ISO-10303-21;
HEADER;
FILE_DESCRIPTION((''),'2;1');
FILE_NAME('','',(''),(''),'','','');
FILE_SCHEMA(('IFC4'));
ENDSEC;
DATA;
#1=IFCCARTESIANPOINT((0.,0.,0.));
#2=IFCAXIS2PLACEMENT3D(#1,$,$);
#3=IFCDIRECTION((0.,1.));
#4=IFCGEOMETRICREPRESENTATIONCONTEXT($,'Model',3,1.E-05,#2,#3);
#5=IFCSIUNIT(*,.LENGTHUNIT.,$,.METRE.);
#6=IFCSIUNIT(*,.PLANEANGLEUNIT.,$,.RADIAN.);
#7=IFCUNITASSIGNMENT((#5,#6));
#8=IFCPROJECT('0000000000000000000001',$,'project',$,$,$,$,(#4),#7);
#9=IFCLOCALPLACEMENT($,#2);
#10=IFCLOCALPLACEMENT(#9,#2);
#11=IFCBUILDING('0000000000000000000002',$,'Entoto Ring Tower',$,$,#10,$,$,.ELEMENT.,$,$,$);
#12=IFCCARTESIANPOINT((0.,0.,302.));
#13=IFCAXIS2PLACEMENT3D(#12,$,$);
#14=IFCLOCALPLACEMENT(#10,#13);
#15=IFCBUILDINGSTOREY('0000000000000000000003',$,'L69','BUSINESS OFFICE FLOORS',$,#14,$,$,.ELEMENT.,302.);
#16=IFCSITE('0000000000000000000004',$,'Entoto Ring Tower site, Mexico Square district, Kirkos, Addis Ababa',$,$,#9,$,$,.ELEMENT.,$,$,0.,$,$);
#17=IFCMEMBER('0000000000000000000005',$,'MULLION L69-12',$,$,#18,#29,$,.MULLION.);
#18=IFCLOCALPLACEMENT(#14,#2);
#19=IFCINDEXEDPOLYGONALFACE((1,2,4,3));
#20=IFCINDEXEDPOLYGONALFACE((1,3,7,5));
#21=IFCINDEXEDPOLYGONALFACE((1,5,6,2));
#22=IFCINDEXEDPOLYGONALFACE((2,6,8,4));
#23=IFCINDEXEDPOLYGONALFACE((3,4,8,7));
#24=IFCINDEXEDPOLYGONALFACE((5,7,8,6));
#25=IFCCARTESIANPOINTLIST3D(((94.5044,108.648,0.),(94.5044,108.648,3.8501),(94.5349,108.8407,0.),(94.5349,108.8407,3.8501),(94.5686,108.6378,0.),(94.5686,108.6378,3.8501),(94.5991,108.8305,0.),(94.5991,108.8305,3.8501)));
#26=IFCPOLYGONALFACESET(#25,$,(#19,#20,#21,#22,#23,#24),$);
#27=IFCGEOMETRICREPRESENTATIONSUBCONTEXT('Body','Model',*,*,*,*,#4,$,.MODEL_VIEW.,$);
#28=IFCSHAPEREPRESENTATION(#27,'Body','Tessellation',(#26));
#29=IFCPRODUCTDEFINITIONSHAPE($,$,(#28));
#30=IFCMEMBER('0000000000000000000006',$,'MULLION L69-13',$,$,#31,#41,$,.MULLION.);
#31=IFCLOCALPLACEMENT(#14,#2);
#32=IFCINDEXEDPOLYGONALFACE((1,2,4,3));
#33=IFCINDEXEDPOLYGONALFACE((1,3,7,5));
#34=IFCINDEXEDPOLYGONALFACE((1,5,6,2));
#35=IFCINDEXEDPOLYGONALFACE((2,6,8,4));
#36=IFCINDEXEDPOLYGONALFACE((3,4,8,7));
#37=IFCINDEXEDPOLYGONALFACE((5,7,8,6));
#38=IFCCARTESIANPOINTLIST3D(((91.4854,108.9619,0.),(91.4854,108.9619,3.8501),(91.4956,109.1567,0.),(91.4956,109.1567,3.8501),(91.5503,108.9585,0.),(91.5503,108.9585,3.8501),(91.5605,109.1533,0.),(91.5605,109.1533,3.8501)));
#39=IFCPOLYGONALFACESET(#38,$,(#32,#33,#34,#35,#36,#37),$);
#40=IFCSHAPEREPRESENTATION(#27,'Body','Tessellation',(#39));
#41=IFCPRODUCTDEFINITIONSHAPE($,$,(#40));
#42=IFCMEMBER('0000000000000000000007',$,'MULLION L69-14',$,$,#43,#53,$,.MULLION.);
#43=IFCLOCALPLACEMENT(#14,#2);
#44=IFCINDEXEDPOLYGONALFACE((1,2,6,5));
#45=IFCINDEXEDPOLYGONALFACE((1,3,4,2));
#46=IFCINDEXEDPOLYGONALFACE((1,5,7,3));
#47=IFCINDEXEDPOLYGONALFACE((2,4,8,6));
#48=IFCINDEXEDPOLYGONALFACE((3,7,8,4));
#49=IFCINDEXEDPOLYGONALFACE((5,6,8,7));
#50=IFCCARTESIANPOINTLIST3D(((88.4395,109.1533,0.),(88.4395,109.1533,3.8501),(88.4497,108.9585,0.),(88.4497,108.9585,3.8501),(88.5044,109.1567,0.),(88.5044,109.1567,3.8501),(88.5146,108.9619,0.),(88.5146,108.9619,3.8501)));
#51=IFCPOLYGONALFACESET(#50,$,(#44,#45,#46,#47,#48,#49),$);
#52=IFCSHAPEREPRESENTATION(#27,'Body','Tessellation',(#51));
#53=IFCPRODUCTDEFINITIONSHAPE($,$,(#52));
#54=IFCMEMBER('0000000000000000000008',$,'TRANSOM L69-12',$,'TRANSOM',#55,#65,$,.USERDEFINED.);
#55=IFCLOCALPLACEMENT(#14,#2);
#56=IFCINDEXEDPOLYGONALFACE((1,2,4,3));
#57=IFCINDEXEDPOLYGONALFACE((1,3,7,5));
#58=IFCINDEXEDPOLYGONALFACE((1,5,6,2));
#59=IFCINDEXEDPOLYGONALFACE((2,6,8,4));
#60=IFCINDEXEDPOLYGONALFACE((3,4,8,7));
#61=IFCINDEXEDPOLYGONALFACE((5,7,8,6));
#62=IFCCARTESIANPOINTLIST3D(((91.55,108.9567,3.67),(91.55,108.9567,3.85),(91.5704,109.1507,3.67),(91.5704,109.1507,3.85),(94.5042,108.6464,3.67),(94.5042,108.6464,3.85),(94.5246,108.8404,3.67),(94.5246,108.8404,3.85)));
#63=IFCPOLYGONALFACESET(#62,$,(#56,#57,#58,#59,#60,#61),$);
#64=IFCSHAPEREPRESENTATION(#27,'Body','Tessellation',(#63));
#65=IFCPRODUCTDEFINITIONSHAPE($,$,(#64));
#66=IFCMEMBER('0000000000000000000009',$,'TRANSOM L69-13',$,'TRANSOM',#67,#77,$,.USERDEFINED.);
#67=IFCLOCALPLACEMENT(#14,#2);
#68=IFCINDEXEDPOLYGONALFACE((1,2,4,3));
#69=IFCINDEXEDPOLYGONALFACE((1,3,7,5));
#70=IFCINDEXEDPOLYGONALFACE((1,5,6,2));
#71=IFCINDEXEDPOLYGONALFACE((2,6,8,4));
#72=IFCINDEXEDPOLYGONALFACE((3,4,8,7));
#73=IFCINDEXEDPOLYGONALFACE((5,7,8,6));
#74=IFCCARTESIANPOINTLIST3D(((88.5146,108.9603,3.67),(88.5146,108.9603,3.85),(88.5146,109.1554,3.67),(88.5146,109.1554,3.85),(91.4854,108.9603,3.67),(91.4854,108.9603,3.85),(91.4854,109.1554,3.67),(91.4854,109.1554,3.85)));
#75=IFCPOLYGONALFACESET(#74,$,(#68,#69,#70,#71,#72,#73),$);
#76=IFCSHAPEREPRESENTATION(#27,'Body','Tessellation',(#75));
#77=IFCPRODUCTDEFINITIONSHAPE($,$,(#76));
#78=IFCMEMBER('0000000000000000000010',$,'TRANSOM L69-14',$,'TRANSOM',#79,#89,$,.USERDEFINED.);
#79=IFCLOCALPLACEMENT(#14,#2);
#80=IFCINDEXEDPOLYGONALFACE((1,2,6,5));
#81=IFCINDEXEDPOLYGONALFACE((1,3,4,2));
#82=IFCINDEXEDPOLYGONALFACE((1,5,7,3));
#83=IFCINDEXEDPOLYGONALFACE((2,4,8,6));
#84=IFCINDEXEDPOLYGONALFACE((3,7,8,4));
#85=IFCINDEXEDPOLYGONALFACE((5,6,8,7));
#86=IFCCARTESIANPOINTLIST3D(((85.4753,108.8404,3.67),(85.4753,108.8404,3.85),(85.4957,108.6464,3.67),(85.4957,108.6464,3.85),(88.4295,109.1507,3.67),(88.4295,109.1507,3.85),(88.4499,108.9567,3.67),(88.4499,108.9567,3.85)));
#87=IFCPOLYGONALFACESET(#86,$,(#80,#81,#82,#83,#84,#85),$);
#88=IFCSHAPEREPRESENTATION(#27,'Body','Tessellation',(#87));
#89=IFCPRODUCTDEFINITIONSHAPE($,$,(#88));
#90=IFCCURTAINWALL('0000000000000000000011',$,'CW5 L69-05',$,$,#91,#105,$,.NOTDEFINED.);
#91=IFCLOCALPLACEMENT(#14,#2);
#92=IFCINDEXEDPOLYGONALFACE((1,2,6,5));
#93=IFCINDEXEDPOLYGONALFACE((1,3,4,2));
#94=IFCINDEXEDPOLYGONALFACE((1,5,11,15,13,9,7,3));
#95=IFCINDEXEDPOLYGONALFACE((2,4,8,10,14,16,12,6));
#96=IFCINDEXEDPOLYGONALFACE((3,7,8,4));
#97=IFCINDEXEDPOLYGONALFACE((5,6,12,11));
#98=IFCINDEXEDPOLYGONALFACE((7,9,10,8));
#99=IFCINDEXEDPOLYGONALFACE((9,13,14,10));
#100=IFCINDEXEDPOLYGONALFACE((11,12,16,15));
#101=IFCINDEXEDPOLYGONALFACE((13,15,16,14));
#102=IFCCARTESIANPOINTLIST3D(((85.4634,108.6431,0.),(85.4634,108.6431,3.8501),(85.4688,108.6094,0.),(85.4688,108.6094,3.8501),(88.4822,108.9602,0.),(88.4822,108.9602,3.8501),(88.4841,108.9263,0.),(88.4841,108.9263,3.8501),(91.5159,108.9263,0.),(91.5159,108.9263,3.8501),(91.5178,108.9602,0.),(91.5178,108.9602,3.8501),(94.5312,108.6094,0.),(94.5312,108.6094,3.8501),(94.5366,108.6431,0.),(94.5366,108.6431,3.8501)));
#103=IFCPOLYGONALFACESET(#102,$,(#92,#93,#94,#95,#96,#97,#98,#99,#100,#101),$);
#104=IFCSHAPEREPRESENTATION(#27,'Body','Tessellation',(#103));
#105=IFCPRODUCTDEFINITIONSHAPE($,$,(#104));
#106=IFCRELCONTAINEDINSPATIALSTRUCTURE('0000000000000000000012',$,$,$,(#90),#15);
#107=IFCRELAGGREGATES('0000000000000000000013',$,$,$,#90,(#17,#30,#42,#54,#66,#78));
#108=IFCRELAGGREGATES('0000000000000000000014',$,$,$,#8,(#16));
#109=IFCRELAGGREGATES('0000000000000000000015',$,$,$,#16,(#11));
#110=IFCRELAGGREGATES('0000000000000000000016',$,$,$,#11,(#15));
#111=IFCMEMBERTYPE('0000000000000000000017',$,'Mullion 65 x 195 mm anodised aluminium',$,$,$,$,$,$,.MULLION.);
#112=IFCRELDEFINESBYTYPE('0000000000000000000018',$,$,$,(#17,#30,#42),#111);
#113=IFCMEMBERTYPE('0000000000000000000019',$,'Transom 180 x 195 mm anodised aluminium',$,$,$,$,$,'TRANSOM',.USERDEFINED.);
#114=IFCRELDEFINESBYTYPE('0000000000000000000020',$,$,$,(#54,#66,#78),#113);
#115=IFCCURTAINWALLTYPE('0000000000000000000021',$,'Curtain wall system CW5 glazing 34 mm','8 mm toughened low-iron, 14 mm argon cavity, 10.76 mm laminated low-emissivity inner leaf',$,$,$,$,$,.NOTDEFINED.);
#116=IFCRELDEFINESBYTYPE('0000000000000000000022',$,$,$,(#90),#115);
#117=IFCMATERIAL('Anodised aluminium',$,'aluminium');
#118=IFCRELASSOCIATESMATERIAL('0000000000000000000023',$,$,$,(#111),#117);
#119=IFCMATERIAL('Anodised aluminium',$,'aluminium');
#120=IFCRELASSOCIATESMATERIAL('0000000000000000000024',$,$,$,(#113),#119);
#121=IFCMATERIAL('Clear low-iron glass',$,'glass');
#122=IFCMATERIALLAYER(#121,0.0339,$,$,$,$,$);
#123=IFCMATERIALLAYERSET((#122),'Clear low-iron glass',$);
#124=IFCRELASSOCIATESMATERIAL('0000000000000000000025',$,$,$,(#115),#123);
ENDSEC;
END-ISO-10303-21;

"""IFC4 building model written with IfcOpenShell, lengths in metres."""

from ifc_helpers import new_model, si_unit, direction, frame, origin, origin_2d, place, context, subcontext, project, spatial, polyline, rectangle, outline, extrude, material, layer, layer_set, material_profile, profile_set, type_object, element, aggregate, save


model = new_model("IFC4")

# Units and contexts
model_context = context("Model", 3, precision=1e-05, world=origin(), true_north=direction((0.0, 1.0)))
body_context = subcontext(model_context, "Body", "Model", "MODEL_VIEW")
ifc_project = project(units=[si_unit("LENGTHUNIT", "METRE"), si_unit("PLANEANGLEUNIT", "RADIAN")], contexts=[model_context])

# Members
ifc_material_1 = material(Name="Anodised aluminium", Category="aluminium")
ifc_material_profile_1 = material_profile(ifc_material_1, rectangle(XDim=0.0649, YDim=0.1951, at=origin_2d()), Name="Mullion 65 x 195 mm anodised aluminium")
ifc_profile_set_1 = profile_set([ifc_material_profile_1], Name="Anodised aluminium")
member_type_1 = type_object("IfcMemberType", Name="Mullion 65 x 195 mm anodised aluminium", PredefinedType="MULLION", material=ifc_profile_set_1)
site_placement = place(None, origin())
building_placement = place(site_placement, origin())
storey_placement = place(building_placement, frame((0.0, 0.0, 302.0)))
member_1_placement = place(storey_placement, frame((94.5518, 108.7393, 0.0), z_axis=(0.0, 0.0, 1.0), x_axis=(-0.987688, 0.156434, 0.0)))
member_1 = element("IfcMember", 1, at=member_1_placement, type_object=member_type_1, Name="MULLION L69-12", PredefinedType="MULLION", context=body_context, shape_type="SweptSolid", body=[
    extrude(rectangle(XDim=0.0649, YDim=0.1951, at=origin_2d()), origin(), (0.0, 0.0, 1.0), 3.8501),
])
member_2_placement = place(storey_placement, frame((91.5229, 109.0576, 0.0), z_axis=(0.0, 0.0, 1.0), x_axis=(-0.99863, 0.052336, 0.0)))
member_2 = element("IfcMember", 2, at=member_2_placement, type_object=member_type_1, Name="MULLION L69-13", PredefinedType="MULLION", context=body_context, shape_type="SweptSolid", body=[
    extrude(rectangle(XDim=0.0649, YDim=0.1951, at=origin_2d()), origin(), (0.0, 0.0, 1.0), 3.8501),
])
member_3_placement = place(storey_placement, frame((88.4771, 109.0576, 0.0), z_axis=(0.0, 0.0, 1.0), x_axis=(-0.99863, -0.052336, 0.0)))
member_3 = element("IfcMember", 3, at=member_3_placement, type_object=member_type_1, Name="MULLION L69-14", PredefinedType="MULLION", context=body_context, shape_type="SweptSolid", body=[
    extrude(rectangle(XDim=0.0649, YDim=0.1951, at=origin_2d()), origin(), (0.0, 0.0, 1.0), 3.8501),
])
ifc_material_2 = material(Name="Anodised aluminium", Category="aluminium")
ifc_material_profile_2 = material_profile(ifc_material_2, rectangle(XDim=0.1951, YDim=0.1799, at=origin_2d()), Name="Transom 180 x 195 mm anodised aluminium")
ifc_profile_set_2 = profile_set([ifc_material_profile_2], Name="Anodised aluminium")
member_type_2 = type_object("IfcMemberType", Name="Transom 180 x 195 mm anodised aluminium", ElementType="TRANSOM", PredefinedType="USERDEFINED", material=ifc_profile_set_2)
member_4_placement = place(storey_placement, frame((94.5144, 108.7434, 3.76), z_axis=(-0.994528, 0.104467, 0.0), x_axis=(-0.104467, -0.994528, 0.0)))
member_4 = element("IfcMember", 4, at=member_4_placement, type_object=member_type_2, Name="TRANSOM L69-12", ObjectType="TRANSOM", PredefinedType="USERDEFINED", context=body_context, shape_type="SweptSolid", body=[
    extrude(rectangle(XDim=0.1951, YDim=0.1799, at=origin_2d()), origin(), (0.0, 0.0, 1.0), 2.9705),
])
member_5_placement = place(storey_placement, frame((91.4854, 109.0579, 3.76), z_axis=(-1.0, 0.0, 0.0), x_axis=(0.0, -1.0, 0.0)))
member_5 = element("IfcMember", 5, at=member_5_placement, type_object=member_type_2, Name="TRANSOM L69-13", ObjectType="TRANSOM", PredefinedType="USERDEFINED", context=body_context, shape_type="SweptSolid", body=[
    extrude(rectangle(XDim=0.1951, YDim=0.1799, at=origin_2d()), origin(), (0.0, 0.0, 1.0), 2.9707),
])
member_6_placement = place(storey_placement, frame((88.4397, 109.0537, 3.76), z_axis=(-0.994528, -0.104467, 0.0), x_axis=(0.104467, -0.994528, 0.0)))
member_6 = element("IfcMember", 6, at=member_6_placement, type_object=member_type_2, Name="TRANSOM L69-14", ObjectType="TRANSOM", PredefinedType="USERDEFINED", context=body_context, shape_type="SweptSolid", body=[
    extrude(rectangle(XDim=0.1951, YDim=0.1799, at=origin_2d()), origin(), (0.0, 0.0, 1.0), 2.9705),
])

# Site, building, storey
site = spatial("IfcSite", under=ifc_project, at=site_placement, Name="Entoto Ring Tower site, Mexico Square district, Kirkos, Addis Ababa", CompositionType="ELEMENT", RefElevation=0.0)
building = spatial("IfcBuilding", under=site, at=building_placement, Name="Entoto Ring Tower", CompositionType="ELEMENT")
storey = spatial("IfcBuildingStorey", under=building, at=storey_placement, Name="L69", Description="BUSINESS OFFICE FLOORS", CompositionType="ELEMENT", Elevation=302.0)

# Curtain wall
ifc_material_3 = material(Name="Clear low-iron glass", Category="glass")
ifc_layer = layer(ifc_material_3, 0.0339)
ifc_layer_set = layer_set([ifc_layer], Name="Clear low-iron glass")
curtain_wall_type = type_object("IfcCurtainWallType", Name="Curtain wall system CW5 glazing 34 mm", Description="8 mm toughened low-iron, 14 mm argon cavity, 10.76 mm laminated low-emissivity inner leaf", PredefinedType="NOTDEFINED", material=ifc_layer_set)
curtain_wall_1_placement = place(storey_placement, origin())
curtain_wall_1 = element("IfcCurtainWall", 7, at=curtain_wall_1_placement, inside=storey, type_object=curtain_wall_type, Name="CW5 L69-05", PredefinedType="NOTDEFINED", context=body_context, shape_type="SweptSolid", body=[
    extrude(outline(polyline([(94.5366, 108.6431), (91.5178, 108.9602), (88.4822, 108.9602), (85.4634, 108.6431), (85.4688, 108.6094), (88.4841, 108.9263), (91.5159, 108.9263), (94.5312, 108.6094), (94.5366, 108.6431)])), origin(), (0.0, 0.0, 1.0), 3.8501),
])
aggregate(curtain_wall_1, [member_1, member_2, member_3, member_4, member_5, member_6])

save(model, "model.ifc")
